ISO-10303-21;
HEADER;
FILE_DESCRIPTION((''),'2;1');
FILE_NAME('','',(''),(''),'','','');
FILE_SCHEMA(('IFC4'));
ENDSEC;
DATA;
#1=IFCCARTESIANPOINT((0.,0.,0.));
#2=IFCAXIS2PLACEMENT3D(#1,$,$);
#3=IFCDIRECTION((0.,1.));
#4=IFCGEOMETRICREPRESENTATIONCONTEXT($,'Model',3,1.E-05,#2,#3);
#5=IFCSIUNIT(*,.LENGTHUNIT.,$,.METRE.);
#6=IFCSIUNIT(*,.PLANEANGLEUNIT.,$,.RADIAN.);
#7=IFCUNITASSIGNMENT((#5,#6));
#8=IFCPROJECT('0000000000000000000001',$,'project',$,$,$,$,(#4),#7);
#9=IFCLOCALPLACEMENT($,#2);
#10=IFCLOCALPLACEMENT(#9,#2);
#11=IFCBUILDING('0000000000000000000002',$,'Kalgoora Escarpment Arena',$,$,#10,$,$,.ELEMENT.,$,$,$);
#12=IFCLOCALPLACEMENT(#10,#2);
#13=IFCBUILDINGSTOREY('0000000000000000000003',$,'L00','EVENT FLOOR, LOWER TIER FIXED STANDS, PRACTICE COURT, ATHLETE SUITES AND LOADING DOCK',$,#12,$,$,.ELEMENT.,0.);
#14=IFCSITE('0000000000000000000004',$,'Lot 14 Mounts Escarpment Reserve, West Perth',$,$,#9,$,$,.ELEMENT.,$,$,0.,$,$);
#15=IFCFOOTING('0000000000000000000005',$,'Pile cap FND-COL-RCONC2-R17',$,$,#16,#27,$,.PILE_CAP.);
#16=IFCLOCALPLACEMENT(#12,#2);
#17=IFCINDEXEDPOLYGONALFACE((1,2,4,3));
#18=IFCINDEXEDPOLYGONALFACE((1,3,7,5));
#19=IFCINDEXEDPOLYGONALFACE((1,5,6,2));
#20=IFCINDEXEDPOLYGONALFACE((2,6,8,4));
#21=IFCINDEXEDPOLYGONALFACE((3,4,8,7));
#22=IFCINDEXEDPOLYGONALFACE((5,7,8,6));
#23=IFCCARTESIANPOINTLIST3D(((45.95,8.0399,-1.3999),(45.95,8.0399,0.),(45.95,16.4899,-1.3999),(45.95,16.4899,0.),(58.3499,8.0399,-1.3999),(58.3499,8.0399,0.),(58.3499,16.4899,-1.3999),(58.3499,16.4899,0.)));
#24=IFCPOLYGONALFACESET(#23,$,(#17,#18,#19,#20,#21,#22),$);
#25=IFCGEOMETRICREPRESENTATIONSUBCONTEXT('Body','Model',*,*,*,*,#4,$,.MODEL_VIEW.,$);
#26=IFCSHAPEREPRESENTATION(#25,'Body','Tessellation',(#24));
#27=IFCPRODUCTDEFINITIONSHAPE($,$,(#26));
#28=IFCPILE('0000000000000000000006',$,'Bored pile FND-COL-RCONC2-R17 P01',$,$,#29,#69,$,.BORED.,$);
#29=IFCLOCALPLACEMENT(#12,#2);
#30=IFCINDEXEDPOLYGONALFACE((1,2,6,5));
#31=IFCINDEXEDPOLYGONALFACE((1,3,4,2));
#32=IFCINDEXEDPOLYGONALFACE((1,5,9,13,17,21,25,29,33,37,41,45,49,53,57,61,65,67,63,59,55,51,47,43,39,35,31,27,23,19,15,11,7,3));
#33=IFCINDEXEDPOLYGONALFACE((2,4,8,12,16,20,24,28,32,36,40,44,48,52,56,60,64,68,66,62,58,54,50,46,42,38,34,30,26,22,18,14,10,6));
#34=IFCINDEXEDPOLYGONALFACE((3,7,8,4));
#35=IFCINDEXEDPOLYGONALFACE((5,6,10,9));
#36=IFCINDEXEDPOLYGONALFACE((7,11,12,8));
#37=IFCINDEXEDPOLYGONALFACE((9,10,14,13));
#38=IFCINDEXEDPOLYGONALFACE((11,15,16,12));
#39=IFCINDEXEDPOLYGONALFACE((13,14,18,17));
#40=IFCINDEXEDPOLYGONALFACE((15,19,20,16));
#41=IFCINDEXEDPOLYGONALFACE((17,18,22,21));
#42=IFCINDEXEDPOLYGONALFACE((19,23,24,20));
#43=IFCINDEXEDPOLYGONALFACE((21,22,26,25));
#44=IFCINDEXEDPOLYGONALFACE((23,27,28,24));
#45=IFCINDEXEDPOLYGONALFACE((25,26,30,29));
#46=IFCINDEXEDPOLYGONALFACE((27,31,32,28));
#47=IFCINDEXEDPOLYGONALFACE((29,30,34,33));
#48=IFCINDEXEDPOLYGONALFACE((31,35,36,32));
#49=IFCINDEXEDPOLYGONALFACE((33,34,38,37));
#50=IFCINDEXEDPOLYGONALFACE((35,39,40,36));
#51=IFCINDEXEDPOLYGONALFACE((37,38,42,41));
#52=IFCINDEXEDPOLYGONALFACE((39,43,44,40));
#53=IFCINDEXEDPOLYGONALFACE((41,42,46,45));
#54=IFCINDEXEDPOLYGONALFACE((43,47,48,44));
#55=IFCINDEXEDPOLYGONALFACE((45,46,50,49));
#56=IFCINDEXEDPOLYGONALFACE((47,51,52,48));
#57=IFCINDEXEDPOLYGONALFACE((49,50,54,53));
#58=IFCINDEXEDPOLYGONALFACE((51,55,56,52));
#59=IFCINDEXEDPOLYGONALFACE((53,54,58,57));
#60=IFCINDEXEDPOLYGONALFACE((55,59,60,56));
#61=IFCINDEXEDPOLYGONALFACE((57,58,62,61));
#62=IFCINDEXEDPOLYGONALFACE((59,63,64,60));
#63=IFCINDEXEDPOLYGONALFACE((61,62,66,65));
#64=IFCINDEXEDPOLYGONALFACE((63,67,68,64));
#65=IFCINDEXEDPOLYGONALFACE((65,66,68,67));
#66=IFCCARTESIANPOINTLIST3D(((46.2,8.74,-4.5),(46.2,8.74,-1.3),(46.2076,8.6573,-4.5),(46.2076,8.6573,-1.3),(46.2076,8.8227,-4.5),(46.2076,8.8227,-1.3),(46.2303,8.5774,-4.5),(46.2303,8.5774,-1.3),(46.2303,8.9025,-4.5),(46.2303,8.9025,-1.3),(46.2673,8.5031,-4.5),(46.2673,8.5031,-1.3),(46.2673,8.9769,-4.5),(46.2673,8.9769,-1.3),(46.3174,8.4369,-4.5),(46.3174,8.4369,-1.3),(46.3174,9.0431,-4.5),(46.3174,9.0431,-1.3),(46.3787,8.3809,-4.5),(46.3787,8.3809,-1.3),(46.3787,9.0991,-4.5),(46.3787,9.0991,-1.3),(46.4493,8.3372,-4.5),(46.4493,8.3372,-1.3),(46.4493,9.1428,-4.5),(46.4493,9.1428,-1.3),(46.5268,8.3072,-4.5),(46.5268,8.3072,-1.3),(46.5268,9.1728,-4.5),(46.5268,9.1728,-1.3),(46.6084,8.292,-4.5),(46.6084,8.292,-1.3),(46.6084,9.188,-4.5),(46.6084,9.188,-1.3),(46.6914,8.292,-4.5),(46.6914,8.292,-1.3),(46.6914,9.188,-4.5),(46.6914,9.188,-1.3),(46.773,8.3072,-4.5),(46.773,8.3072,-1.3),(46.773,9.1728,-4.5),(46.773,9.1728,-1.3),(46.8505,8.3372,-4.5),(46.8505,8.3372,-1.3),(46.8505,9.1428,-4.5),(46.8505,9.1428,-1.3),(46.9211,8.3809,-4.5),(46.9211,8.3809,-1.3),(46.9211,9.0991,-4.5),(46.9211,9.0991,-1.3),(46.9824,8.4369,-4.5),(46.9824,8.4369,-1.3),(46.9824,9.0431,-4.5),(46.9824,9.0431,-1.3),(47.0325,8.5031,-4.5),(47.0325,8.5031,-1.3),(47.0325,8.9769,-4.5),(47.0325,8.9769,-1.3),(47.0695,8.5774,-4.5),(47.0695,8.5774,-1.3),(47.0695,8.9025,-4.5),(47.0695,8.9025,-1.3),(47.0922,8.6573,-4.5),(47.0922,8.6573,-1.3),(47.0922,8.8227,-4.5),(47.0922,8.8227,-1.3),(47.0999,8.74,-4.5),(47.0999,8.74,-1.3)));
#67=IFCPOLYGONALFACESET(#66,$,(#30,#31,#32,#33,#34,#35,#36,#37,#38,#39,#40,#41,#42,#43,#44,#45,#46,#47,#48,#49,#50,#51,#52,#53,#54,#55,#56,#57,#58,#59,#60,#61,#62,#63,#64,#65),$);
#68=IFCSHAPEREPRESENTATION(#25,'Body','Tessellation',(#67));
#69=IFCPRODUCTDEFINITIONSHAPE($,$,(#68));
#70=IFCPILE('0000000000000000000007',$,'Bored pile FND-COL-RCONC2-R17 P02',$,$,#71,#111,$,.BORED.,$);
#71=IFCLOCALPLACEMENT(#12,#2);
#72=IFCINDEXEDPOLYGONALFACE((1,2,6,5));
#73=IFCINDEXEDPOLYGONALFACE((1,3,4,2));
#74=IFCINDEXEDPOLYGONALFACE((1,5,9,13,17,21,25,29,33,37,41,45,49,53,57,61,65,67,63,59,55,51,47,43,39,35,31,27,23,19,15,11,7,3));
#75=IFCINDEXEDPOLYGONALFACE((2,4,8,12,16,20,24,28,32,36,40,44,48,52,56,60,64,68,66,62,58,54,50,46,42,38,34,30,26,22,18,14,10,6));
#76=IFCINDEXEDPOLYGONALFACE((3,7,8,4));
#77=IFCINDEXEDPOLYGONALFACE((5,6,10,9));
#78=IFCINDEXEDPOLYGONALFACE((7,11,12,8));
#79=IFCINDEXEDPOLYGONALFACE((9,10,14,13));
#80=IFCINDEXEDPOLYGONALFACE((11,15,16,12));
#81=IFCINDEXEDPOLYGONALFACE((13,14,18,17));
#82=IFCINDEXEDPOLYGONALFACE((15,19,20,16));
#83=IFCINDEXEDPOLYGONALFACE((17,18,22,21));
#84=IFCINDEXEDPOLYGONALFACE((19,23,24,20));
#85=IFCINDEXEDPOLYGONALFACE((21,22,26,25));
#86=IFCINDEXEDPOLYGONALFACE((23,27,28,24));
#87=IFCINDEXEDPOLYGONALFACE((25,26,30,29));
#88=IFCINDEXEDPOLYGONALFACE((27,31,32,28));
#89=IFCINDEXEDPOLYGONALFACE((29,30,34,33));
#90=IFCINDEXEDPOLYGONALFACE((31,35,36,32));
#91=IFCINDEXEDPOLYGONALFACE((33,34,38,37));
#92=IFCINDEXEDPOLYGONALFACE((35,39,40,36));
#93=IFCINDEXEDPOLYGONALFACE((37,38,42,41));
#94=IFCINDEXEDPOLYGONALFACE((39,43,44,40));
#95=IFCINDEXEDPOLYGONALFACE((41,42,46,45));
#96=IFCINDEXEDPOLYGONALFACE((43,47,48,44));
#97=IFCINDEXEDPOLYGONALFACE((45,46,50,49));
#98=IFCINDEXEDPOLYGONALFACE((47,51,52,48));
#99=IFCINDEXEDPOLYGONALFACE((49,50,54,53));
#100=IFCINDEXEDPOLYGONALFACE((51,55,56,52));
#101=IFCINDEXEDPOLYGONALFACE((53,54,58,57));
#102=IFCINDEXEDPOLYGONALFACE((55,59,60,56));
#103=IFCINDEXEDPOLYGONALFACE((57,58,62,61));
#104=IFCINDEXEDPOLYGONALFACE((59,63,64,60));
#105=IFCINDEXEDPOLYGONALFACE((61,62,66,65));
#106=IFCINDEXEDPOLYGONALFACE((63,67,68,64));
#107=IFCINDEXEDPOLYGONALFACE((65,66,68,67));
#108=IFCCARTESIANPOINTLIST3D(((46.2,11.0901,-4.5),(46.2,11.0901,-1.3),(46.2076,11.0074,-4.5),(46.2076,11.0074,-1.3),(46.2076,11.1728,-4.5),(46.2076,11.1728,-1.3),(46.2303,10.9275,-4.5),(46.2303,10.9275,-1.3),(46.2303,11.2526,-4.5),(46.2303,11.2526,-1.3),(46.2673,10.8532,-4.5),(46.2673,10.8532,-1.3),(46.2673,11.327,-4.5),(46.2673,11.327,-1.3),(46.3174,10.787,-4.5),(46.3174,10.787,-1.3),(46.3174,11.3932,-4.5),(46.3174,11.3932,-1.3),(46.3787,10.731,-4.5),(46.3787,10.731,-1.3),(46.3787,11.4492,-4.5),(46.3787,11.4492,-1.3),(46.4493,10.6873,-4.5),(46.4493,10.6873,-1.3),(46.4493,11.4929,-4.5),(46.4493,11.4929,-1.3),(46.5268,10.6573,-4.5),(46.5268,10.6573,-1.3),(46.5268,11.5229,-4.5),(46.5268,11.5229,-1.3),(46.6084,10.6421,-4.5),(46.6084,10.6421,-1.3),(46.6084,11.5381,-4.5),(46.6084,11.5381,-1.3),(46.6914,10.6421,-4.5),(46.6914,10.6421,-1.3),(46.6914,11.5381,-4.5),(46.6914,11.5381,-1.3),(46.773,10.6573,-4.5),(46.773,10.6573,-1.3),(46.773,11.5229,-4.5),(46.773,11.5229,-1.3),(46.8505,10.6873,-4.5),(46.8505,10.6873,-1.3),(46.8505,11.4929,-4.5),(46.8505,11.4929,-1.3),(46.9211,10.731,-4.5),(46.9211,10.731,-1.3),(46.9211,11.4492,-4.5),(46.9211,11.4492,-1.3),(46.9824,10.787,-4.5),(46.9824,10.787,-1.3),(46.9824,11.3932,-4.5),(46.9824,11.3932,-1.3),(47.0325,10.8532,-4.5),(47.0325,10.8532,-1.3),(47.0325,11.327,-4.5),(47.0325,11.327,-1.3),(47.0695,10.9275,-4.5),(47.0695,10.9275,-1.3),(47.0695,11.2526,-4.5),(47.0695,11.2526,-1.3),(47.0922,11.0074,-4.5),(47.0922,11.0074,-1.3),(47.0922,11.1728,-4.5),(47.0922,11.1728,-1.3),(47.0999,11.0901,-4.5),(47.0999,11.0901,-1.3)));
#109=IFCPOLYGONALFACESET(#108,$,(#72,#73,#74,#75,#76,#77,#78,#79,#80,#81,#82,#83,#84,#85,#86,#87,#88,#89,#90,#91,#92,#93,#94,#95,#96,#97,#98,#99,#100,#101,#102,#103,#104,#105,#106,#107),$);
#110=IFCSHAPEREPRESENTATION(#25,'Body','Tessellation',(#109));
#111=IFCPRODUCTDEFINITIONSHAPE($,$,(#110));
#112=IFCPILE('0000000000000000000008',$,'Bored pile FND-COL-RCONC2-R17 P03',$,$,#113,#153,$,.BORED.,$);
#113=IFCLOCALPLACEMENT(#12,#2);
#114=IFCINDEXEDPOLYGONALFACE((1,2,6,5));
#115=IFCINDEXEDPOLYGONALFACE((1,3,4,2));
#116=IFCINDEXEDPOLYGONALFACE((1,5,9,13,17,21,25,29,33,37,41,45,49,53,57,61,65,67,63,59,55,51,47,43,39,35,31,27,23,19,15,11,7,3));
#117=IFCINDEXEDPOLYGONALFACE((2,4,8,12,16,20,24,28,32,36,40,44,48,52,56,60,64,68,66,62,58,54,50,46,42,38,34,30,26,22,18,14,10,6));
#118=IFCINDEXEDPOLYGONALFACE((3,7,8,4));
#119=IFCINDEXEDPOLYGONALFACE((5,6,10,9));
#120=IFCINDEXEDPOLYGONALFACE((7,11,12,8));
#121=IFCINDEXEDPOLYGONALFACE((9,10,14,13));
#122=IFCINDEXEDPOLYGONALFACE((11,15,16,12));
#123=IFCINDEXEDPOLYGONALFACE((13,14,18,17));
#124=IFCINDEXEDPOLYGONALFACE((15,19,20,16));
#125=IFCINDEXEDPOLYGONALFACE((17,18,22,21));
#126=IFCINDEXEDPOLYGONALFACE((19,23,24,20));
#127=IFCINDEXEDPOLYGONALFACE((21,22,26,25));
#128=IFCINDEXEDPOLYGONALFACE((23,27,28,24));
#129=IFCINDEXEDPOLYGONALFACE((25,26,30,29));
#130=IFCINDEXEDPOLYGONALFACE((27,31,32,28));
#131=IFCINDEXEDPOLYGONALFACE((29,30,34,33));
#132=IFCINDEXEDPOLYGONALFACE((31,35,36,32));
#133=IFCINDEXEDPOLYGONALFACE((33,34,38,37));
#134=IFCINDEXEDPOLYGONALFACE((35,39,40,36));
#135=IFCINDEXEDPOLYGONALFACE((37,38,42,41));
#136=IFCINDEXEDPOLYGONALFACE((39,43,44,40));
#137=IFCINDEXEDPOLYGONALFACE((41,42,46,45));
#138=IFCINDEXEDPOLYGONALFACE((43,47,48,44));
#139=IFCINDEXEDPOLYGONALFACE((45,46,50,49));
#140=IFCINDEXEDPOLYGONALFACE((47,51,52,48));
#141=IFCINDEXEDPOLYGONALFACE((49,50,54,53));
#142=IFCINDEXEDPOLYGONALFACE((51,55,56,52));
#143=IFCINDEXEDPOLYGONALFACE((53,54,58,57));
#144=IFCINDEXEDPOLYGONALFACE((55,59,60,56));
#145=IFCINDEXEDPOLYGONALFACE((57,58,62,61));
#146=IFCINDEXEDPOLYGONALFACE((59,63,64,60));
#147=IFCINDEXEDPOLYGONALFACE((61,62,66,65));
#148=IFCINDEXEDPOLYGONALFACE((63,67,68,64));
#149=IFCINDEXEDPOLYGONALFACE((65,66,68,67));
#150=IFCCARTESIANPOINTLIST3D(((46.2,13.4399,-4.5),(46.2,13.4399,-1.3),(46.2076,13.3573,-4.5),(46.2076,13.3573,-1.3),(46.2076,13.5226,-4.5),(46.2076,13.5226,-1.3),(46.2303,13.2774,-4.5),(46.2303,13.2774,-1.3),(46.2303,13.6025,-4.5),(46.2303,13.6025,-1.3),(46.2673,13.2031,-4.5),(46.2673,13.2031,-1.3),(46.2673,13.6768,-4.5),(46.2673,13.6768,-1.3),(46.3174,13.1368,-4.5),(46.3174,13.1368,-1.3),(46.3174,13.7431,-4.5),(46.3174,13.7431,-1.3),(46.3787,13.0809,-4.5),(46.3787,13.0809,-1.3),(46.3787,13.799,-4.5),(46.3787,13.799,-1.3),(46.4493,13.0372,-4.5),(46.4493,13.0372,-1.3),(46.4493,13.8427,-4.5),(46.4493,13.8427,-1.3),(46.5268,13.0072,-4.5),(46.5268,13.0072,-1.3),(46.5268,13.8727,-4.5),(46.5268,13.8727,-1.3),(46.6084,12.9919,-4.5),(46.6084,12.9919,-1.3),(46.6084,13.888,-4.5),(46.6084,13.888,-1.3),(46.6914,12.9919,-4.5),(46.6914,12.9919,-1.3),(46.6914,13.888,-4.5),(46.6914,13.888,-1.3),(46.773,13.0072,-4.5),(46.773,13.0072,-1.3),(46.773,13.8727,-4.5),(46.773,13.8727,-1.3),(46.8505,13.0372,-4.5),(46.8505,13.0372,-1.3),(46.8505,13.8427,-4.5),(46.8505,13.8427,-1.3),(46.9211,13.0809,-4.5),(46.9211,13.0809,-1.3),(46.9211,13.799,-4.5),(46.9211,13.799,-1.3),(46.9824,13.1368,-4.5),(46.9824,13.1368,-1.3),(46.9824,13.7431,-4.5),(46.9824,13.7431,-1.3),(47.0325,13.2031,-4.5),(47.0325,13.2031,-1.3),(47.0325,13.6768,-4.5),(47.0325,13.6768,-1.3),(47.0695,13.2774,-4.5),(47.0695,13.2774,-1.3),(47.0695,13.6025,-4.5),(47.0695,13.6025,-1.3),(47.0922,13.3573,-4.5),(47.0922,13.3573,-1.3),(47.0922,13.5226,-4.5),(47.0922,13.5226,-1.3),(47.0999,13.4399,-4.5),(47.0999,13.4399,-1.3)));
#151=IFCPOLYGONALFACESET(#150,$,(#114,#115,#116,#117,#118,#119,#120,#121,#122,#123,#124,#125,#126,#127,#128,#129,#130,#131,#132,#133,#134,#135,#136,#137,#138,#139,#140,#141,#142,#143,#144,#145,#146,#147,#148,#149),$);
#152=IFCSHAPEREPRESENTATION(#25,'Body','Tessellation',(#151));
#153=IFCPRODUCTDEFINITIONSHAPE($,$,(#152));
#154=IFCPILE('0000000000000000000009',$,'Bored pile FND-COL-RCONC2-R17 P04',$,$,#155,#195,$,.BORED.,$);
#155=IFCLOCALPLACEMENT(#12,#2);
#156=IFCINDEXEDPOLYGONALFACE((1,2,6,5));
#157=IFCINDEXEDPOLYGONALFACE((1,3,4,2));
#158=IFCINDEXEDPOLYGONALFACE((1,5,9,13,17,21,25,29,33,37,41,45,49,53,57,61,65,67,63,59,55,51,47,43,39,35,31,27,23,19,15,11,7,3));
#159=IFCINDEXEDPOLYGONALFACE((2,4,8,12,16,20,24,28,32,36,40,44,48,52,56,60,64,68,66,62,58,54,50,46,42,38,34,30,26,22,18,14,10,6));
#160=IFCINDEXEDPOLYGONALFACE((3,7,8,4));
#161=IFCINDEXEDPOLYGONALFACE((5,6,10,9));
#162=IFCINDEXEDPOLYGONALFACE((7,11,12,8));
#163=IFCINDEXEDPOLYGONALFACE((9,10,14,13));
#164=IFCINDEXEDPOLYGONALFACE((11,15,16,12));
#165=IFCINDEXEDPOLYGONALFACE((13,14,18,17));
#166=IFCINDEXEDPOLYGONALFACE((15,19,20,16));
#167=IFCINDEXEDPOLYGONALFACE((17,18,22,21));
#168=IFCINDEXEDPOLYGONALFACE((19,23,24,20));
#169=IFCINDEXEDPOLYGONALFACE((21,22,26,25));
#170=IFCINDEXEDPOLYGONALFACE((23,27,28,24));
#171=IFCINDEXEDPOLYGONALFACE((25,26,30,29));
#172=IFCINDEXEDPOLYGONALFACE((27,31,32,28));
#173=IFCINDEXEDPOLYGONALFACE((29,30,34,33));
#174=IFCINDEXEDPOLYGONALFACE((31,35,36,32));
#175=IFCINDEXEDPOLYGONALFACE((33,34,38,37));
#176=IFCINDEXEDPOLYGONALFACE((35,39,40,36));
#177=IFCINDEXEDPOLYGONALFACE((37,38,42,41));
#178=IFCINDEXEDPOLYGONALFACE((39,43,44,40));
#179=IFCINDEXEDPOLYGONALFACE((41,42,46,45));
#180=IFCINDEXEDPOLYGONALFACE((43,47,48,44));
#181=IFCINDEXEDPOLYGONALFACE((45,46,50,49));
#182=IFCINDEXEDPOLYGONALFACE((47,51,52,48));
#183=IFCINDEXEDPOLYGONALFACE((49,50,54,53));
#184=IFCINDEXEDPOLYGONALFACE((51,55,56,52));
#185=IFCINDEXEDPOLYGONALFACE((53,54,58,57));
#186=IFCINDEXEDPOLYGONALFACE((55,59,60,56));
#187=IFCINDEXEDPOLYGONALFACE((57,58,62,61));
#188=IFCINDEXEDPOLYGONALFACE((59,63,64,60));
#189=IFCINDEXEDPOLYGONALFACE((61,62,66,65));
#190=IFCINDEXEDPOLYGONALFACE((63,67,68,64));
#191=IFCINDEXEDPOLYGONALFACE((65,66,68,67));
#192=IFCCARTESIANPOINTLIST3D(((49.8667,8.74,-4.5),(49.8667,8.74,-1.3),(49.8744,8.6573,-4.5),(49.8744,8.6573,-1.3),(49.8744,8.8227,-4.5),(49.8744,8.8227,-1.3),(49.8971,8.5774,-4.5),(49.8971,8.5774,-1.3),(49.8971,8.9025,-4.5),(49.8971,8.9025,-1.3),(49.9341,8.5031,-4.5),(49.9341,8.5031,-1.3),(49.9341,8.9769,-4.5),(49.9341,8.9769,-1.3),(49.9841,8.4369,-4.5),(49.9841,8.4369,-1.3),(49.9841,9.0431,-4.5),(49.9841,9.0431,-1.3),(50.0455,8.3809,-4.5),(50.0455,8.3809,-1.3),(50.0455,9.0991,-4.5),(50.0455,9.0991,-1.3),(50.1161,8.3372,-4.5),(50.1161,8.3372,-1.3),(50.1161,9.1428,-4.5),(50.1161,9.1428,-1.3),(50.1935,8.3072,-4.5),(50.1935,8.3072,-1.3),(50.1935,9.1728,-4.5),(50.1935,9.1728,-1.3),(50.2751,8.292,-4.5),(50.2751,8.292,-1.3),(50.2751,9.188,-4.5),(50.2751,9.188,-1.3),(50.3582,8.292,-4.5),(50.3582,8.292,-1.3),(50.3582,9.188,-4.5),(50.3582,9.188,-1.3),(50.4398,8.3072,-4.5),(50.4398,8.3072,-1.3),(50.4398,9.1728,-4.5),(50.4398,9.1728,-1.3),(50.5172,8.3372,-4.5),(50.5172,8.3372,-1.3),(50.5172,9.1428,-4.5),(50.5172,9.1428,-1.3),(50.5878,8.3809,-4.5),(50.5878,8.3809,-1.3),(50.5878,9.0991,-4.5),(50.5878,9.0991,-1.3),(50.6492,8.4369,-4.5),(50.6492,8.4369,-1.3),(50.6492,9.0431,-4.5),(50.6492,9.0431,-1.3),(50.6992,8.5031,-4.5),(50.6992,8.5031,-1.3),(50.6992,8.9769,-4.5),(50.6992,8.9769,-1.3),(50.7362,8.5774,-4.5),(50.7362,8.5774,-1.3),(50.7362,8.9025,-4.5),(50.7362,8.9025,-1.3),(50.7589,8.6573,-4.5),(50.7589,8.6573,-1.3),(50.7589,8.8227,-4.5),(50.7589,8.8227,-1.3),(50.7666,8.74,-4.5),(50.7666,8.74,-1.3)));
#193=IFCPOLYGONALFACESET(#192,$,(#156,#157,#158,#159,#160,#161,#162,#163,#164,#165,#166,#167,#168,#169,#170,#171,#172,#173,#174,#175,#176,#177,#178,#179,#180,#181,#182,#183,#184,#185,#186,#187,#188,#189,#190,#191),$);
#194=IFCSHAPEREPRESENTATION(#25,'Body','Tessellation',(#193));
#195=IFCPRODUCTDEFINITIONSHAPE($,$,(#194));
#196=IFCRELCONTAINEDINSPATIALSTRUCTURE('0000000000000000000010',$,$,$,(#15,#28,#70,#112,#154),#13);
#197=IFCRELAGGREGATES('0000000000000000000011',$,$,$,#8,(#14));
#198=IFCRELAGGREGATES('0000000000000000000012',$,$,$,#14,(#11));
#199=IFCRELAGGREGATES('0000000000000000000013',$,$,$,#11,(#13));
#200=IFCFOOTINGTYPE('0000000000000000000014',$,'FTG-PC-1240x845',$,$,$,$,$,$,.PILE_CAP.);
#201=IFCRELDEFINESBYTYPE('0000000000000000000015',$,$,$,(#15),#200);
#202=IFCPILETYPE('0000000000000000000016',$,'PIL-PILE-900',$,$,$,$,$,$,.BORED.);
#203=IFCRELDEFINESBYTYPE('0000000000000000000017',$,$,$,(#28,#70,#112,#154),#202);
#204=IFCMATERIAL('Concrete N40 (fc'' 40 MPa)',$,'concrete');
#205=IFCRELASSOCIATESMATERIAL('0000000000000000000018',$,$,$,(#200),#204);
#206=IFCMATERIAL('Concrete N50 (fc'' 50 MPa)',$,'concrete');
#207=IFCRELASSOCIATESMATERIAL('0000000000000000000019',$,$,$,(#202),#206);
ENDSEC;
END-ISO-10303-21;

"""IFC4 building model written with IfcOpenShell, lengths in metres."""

from ifc_helpers import new_model, si_unit, direction, frame, origin, origin_2d, place, context, subcontext, project, spatial, rectangle, circle, extrude, material, material_profile, profile_set, type_object, element, save


model = new_model("IFC4")

# Units and contexts
model_context = context("Model", 3, precision=1e-05, world=origin(), true_north=direction((0.0, 1.0)))
body_context = subcontext(model_context, "Body", "Model", "MODEL_VIEW")
ifc_project = project(units=[si_unit("LENGTHUNIT", "METRE"), si_unit("PLANEANGLEUNIT", "RADIAN")], contexts=[model_context])

# Site, building, storey
site_placement = place(None, origin())
site = spatial("IfcSite", under=ifc_project, at=site_placement, Name="Lot 14 Mounts Escarpment Reserve, West Perth", CompositionType="ELEMENT", RefElevation=0.0)
building_placement = place(site_placement, origin())
building = spatial("IfcBuilding", under=site, at=building_placement, Name="Kalgoora Escarpment Arena", CompositionType="ELEMENT")
storey_placement = place(building_placement, origin())
storey = spatial("IfcBuildingStorey", under=building, at=storey_placement, Name="L00", Description="EVENT FLOOR, LOWER TIER FIXED STANDS, PRACTICE COURT, ATHLETE SUITES AND LOADING DOCK", CompositionType="ELEMENT", Elevation=0.0)

# Footing
ifc_material_1 = material(Name="Concrete N40 (fc' 40 MPa)", Category="concrete")
footing_type = type_object("IfcFootingType", Name="FTG-PC-1240x845", PredefinedType="PILE_CAP", material=ifc_material_1)
footing_placement = place(storey_placement, frame((52.1499, 12.2649, -1.3999), z_axis=(0.0, 0.0, 1.0), x_axis=(1.0, 0.0, 0.0)))
element("IfcFooting", 1, at=footing_placement, inside=storey, type_object=footing_type, Name="Pile cap FND-COL-RCONC2-R17", PredefinedType="PILE_CAP", context=body_context, shape_type="SweptSolid", body=[
    extrude(rectangle(XDim=12.3999, YDim=8.45, at=origin_2d()), origin(), (0.0, 0.0, 1.0), 1.3999),
])

# Piles
ifc_material_2 = material(Name="Concrete N50 (fc' 50 MPa)", Category="concrete")
ifc_material_profile_1 = material_profile(ifc_material_2, circle(Radius=0.45, at=origin_2d()))
ifc_profile_set_1 = profile_set([ifc_material_profile_1], Name="Concrete N50 (fc' 50 MPa)")
pile_type = type_object("IfcPileType", Name="PIL-PILE-900", PredefinedType="BORED", material=ifc_profile_set_1)
for number, where, z_axis, x_axis, name in (
    (2, (46.6499, 8.74, -1.3), (0.0, 0.0, -1.0), (1.0, 0.0, 0.0), "Bored pile FND-COL-RCONC2-R17 P01"),
    (3, (46.6499, 11.0901, -1.3), (0.0, 0.0, -1.0), (1.0, 0.0, 0.0), "Bored pile FND-COL-RCONC2-R17 P02"),
    (4, (46.6499, 13.4399, -1.3), (0.0, 0.0, -1.0), (1.0, 0.0, 0.0), "Bored pile FND-COL-RCONC2-R17 P03"),
    (5, (50.3167, 8.74, -1.3), (0.0, 0.0, -1.0), (1.0, 0.0, 0.0), "Bored pile FND-COL-RCONC2-R17 P04"),
):
    element("IfcPile", number, at=place(storey_placement, frame(where, z_axis=z_axis, x_axis=x_axis)), inside=storey, type_object=pile_type, Name=name, PredefinedType="BORED", context=body_context, shape_type="SweptSolid", body=[
        extrude(circle(Radius=0.45, at=origin_2d()), origin(), (0.0, 0.0, 1.0), 3.2),
    ])

save(model, "model.ifc")
